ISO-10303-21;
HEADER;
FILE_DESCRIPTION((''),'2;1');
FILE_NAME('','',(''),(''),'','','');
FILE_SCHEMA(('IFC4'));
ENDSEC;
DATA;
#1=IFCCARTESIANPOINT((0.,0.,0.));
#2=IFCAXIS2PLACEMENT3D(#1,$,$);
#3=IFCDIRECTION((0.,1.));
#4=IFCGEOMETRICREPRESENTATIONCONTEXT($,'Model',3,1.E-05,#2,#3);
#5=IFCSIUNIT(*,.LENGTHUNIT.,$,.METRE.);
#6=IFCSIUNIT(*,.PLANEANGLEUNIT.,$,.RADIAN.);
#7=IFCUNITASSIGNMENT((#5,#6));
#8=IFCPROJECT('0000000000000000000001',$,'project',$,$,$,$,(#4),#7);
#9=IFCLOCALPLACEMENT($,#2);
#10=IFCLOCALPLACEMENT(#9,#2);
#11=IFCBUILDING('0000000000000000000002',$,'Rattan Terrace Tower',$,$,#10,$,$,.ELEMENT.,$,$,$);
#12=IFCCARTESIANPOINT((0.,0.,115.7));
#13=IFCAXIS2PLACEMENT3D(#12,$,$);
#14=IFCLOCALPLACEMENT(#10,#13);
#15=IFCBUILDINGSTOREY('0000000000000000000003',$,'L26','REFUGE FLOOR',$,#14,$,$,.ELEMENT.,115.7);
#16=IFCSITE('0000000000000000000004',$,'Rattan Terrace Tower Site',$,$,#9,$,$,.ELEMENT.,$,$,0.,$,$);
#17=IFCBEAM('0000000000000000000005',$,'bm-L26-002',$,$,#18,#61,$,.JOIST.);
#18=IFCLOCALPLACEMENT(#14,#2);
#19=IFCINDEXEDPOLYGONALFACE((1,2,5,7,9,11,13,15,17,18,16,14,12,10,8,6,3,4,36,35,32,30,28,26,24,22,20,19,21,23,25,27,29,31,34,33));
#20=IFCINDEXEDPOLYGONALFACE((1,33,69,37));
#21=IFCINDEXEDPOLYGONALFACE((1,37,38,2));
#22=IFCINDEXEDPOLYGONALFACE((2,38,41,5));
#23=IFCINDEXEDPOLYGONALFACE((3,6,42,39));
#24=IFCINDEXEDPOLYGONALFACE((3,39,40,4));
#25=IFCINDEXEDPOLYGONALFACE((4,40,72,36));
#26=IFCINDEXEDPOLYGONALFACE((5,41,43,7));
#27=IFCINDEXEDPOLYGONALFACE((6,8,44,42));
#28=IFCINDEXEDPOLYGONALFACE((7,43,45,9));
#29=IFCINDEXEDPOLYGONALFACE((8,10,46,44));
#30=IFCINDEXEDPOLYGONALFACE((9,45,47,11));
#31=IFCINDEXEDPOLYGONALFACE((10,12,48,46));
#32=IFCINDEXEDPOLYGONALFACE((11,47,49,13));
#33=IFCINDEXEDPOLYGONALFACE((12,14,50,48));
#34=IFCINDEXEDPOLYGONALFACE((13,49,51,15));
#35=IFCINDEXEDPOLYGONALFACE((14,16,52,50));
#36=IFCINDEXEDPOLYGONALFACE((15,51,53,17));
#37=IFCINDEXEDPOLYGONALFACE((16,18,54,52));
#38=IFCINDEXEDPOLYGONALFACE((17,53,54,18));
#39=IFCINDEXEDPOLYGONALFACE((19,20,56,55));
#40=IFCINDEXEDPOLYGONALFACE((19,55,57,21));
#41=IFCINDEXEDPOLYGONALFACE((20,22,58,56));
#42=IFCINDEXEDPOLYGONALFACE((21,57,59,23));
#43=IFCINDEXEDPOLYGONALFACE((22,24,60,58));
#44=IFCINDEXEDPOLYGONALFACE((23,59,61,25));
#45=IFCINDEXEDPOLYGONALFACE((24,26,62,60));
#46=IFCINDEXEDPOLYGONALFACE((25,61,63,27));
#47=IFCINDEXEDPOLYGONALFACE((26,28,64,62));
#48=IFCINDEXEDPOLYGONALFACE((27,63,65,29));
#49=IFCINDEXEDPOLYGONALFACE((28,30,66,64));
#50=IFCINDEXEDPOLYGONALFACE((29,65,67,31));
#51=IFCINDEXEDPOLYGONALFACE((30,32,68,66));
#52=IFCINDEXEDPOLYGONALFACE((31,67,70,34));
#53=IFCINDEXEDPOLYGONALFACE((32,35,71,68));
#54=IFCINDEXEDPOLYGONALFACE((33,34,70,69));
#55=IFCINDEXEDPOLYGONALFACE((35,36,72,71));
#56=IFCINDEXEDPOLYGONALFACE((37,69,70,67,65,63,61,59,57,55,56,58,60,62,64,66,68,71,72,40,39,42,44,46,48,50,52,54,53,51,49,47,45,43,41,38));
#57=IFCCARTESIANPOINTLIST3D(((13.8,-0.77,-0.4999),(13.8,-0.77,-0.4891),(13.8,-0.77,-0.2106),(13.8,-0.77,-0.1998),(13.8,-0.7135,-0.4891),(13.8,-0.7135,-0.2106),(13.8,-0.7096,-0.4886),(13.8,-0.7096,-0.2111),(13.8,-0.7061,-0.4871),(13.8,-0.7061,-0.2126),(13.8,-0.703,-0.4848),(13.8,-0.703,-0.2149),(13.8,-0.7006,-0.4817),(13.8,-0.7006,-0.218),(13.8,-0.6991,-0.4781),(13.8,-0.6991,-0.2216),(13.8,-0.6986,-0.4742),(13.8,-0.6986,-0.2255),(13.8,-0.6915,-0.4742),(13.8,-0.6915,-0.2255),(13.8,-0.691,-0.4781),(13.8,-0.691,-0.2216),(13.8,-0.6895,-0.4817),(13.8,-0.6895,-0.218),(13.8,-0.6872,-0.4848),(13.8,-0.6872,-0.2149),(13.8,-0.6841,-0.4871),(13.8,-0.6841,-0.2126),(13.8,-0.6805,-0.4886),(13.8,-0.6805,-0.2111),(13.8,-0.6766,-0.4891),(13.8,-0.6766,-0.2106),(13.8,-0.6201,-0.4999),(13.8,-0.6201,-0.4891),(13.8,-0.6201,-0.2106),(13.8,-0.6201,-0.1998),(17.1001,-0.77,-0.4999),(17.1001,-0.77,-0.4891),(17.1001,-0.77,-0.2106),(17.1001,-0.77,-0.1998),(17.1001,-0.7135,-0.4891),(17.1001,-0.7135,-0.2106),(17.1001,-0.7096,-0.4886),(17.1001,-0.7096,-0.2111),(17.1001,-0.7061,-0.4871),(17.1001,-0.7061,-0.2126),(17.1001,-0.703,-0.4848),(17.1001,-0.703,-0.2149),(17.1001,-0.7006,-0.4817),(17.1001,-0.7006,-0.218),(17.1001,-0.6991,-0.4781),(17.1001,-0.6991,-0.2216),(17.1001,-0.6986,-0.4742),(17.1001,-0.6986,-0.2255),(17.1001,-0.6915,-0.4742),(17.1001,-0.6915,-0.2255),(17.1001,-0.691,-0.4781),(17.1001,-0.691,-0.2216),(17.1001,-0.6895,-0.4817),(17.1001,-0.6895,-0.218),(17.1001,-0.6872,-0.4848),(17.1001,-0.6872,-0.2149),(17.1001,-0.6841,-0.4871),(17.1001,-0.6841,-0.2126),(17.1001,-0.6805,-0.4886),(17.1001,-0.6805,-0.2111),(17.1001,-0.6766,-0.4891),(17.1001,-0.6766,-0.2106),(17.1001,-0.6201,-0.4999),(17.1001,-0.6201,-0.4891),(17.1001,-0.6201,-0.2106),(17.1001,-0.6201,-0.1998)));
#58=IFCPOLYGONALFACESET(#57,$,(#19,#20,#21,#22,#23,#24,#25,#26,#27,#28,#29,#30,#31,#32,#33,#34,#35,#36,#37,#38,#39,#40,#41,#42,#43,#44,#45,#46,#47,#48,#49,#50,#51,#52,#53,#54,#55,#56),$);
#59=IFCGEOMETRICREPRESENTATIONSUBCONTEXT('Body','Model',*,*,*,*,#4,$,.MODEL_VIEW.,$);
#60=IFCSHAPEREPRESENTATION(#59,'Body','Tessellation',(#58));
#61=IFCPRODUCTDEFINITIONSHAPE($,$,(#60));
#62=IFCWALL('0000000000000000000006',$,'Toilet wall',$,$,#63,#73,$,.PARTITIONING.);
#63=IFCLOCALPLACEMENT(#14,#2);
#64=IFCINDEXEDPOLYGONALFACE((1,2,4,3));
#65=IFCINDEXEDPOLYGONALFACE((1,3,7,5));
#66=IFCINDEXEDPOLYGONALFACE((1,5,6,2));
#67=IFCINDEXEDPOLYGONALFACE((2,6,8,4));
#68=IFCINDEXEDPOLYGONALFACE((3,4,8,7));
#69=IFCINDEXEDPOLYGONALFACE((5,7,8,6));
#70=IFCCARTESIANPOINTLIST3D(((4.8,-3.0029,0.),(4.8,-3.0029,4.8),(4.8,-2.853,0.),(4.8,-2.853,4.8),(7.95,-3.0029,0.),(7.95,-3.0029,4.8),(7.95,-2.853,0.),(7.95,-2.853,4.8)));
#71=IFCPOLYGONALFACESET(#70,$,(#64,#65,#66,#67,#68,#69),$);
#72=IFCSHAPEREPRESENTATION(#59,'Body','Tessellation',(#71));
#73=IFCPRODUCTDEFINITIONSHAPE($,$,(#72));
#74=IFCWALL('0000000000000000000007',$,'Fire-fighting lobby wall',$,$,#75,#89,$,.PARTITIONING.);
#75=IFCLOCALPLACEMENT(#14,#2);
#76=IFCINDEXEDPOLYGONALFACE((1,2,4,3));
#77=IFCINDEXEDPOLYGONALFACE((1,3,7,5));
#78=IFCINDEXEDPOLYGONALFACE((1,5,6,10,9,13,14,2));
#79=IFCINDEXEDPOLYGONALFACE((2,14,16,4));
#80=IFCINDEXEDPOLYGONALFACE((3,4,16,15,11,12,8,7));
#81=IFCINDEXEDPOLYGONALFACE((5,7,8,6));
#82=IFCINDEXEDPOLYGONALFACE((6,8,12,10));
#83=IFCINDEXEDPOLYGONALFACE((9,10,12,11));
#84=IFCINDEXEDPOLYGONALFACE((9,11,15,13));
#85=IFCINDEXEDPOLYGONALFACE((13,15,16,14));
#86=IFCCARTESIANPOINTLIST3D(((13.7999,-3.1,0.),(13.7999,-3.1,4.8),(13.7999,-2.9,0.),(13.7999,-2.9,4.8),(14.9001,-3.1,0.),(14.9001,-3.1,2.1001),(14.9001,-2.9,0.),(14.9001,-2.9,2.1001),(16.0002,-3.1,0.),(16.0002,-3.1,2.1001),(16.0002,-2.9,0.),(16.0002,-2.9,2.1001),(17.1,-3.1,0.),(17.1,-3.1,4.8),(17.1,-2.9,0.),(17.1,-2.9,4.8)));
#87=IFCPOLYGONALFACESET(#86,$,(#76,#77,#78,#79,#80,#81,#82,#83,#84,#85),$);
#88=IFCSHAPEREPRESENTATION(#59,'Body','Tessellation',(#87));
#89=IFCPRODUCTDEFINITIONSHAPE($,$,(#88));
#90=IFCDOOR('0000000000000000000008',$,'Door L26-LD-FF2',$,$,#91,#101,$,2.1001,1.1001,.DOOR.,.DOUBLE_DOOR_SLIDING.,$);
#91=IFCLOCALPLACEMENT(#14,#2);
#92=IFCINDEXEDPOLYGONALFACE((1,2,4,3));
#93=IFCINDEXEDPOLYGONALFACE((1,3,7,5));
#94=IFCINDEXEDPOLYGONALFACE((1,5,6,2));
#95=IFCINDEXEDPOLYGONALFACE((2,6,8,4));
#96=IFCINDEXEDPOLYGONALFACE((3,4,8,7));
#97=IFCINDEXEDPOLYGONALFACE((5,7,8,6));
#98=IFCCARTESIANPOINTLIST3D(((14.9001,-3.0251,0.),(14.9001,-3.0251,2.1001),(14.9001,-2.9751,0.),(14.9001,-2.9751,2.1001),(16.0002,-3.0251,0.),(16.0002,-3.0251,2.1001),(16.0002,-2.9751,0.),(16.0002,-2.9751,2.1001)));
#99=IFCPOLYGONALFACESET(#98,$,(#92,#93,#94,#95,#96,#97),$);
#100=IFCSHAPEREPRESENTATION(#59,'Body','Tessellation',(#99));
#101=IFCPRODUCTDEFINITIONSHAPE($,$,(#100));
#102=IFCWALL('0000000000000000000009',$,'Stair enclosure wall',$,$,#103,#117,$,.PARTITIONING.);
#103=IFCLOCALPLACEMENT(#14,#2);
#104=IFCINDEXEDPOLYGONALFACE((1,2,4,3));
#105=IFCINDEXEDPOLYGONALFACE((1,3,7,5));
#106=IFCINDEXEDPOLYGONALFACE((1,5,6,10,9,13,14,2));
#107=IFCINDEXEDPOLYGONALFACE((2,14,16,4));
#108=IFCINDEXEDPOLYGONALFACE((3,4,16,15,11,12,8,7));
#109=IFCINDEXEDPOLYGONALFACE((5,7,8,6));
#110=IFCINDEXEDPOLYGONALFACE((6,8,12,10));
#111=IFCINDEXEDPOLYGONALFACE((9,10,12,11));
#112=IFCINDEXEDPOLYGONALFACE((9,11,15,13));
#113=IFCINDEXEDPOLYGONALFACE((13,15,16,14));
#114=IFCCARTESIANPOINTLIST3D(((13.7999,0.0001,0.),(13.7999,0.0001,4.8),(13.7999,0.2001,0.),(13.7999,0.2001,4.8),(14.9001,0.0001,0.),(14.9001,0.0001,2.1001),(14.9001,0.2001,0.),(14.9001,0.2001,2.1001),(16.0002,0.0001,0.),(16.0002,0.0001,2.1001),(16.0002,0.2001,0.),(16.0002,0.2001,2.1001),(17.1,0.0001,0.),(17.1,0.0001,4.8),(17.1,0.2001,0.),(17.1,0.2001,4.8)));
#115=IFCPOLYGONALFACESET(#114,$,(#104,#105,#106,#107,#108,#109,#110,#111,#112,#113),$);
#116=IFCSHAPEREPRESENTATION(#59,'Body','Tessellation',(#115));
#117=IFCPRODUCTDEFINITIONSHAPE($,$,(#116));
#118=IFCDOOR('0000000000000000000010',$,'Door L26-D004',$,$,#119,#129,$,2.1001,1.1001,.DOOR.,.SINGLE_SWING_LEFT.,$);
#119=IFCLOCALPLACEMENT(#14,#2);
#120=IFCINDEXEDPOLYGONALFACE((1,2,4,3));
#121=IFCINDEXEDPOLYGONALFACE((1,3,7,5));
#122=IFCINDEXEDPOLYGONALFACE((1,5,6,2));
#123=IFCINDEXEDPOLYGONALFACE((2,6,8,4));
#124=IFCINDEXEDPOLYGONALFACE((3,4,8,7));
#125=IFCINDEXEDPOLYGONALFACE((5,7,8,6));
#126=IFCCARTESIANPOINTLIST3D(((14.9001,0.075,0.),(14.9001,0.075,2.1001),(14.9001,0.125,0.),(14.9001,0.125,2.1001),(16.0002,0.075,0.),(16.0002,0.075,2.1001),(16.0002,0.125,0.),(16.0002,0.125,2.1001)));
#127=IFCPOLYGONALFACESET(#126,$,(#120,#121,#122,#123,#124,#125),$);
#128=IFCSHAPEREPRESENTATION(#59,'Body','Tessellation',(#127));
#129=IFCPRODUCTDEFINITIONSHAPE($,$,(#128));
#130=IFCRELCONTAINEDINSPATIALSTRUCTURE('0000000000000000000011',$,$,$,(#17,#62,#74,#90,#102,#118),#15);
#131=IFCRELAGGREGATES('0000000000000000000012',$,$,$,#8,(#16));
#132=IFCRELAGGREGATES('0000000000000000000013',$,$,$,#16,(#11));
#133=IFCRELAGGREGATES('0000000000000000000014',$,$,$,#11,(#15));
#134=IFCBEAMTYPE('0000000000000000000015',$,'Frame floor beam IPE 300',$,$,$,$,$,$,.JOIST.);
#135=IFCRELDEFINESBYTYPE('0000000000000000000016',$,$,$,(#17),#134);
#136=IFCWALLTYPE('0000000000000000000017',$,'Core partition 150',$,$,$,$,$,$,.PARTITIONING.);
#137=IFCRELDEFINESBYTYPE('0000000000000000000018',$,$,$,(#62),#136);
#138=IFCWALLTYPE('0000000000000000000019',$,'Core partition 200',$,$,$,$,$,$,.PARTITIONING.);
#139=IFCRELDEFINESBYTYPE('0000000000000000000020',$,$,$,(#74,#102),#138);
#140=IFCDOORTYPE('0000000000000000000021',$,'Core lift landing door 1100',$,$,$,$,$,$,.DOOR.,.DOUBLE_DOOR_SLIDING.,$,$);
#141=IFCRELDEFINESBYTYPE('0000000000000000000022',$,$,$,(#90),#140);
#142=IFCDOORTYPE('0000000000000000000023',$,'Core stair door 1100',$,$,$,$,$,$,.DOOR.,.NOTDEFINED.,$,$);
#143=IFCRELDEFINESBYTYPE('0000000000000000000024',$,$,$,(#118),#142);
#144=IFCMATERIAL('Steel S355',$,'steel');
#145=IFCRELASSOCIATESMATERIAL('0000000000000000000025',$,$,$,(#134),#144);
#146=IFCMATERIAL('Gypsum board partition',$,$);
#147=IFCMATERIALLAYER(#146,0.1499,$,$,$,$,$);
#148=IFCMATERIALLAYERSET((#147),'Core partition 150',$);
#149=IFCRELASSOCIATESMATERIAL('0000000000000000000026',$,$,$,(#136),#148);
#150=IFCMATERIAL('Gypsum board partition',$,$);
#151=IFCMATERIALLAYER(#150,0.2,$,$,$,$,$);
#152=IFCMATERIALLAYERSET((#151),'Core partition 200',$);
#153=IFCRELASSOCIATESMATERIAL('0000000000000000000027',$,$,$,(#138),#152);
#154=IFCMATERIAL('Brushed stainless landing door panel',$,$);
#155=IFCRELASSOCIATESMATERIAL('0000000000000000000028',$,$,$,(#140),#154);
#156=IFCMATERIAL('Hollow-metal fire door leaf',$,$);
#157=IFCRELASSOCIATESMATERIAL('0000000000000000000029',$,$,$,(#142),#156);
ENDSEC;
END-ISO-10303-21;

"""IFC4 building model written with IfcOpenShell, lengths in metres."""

from ifc_helpers import new_model, si_unit, direction, frame, frame_2d, origin, origin_2d, place, context, subcontext, project, spatial, rectangle, i_section, extrude, material, layer, layer_set, material_profile, profile_set, type_object, element, fill, save


model = new_model("IFC4")

# Units and contexts
model_context = context("Model", 3, precision=1e-05, world=origin(), true_north=direction((0.0, 1.0)))
body_context = subcontext(model_context, "Body", "Model", "MODEL_VIEW")
ifc_project = project(units=[si_unit("LENGTHUNIT", "METRE"), si_unit("PLANEANGLEUNIT", "RADIAN")], contexts=[model_context])

# Site, building, storey
site_placement = place(None, origin())
site = spatial("IfcSite", under=ifc_project, at=site_placement, Name="Rattan Terrace Tower Site", CompositionType="ELEMENT", RefElevation=0.0)
building_placement = place(site_placement, origin())
building = spatial("IfcBuilding", under=site, at=building_placement, Name="Rattan Terrace Tower", CompositionType="ELEMENT")
storey_placement = place(building_placement, frame((0.0, 0.0, 115.7)))
storey = spatial("IfcBuildingStorey", under=building, at=storey_placement, Name="L26", Description="REFUGE FLOOR", CompositionType="ELEMENT", Elevation=115.7)

# Beam
ifc_material_1 = material(Name="Steel S355", Category="steel")
ifc_material_profile = material_profile(ifc_material_1, i_section(OverallWidth=0.1499, OverallDepth=0.3, WebThickness=0.0071, FlangeThickness=0.0107, FilletRadius=0.0149, at=origin_2d()), Name="IPE 300")
ifc_profile_set = profile_set([ifc_material_profile], Name="Steel S355")
beam_type = type_object("IfcBeamType", Name="Frame floor beam IPE 300", PredefinedType="JOIST", material=ifc_profile_set)
beam_placement = place(storey_placement, frame((13.8, -0.6951, -0.3499), z_axis=(1.0, 0.0, 0.0), x_axis=(0.0, 1.0, 0.0)))
element("IfcBeam", 1, at=beam_placement, inside=storey, type_object=beam_type, Name="bm-L26-002", PredefinedType="JOIST", context=body_context, shape_type="SweptSolid", body=[
    extrude(i_section(OverallWidth=0.1499, OverallDepth=0.3, WebThickness=0.0071, FlangeThickness=0.0107, FilletRadius=0.0149, at=origin_2d()), origin(), (0.0, 0.0, 1.0), 3.3),
])

# Wall
ifc_material_2 = material(Name="Gypsum board partition")
ifc_layer_1 = layer(ifc_material_2, 0.1499)
ifc_layer_set_1 = layer_set([ifc_layer_1], Name="Core partition 150")
wall_type_1 = type_object("IfcWallType", Name="Core partition 150", PredefinedType="PARTITIONING", material=ifc_layer_set_1)
wall_1_placement = place(storey_placement, frame((4.8, -2.928, 0.0), z_axis=(0.0, 0.0, 1.0), x_axis=(1.0, 0.0, 0.0)))
element("IfcWall", 2, at=wall_1_placement, inside=storey, type_object=wall_type_1, Name="Toilet wall", PredefinedType="PARTITIONING", context=body_context, shape_type="SweptSolid", body=[
    extrude(rectangle(XDim=3.1499, YDim=0.1499, at=frame_2d((1.575, 0.0))), origin(), (0.0, 0.0, 1.0), 4.8),
])

# Walls, openings, doors
ifc_material_3 = material(Name="Gypsum board partition")
ifc_layer_2 = layer(ifc_material_3, 0.2)
ifc_layer_set_2 = layer_set([ifc_layer_2], Name="Core partition 200")
wall_type_2 = type_object("IfcWallType", Name="Core partition 200", PredefinedType="PARTITIONING", material=ifc_layer_set_2)
wall_2_placement = place(storey_placement, frame((13.8, -3.0, 0.0), z_axis=(0.0, 0.0, 1.0), x_axis=(1.0, 0.0, 0.0)))
wall_2 = element("IfcWall", 3, at=wall_2_placement, inside=storey, type_object=wall_type_2, Name="Fire-fighting lobby wall", PredefinedType="PARTITIONING", context=body_context, shape_type="SweptSolid", body=[
    extrude(rectangle(XDim=3.3, YDim=0.2, at=frame_2d((1.6499, 0.0))), origin(), (0.0, 0.0, 1.0), 4.8),
])
opening_1_placement = place(wall_2_placement, frame((1.1001, 0.0, 0.0)))
opening_1 = element("IfcOpeningElement", 4, at=opening_1_placement, cuts=wall_2, PredefinedType="OPENING", context=body_context, shape_type="SweptSolid", body=[
    extrude(rectangle(XDim=1.1001, YDim=2.1001, at=frame_2d((0.55, 1.05))), frame((0.0, 0.1106, 0.0), z_axis=(0.0, -1.0, 0.0), x_axis=(1.0, 0.0, 0.0)), (0.0, 0.0, 1.0), 0.2209),
])
ifc_material_4 = material(Name="Brushed stainless landing door panel")
door_type_1 = type_object("IfcDoorType", Name="Core lift landing door 1100", OperationType="DOUBLE_DOOR_SLIDING", PredefinedType="DOOR", material=ifc_material_4)
door_1_placement = place(opening_1_placement, origin())
door_1 = element("IfcDoor", 5, at=door_1_placement, inside=storey, type_object=door_type_1, Name="Door L26-LD-FF2", OperationType="DOUBLE_DOOR_SLIDING", OverallHeight=2.1001, OverallWidth=1.1001, PredefinedType="DOOR", context=body_context, shape_type="SweptSolid", body=[
    extrude(rectangle(XDim=1.1001, YDim=2.1001, at=frame_2d((0.55, 1.05))), frame((0.0, 0.0249, 0.0), z_axis=(0.0, -1.0, 0.0), x_axis=(1.0, 0.0, 0.0)), (0.0, 0.0, 1.0), 0.05),
])
fill(opening_1, door_1)
wall_3_placement = place(storey_placement, frame((13.8, 0.1001, 0.0), z_axis=(0.0, 0.0, 1.0), x_axis=(1.0, 0.0, 0.0)))
wall_3 = element("IfcWall", 6, at=wall_3_placement, inside=storey, type_object=wall_type_2, Name="Stair enclosure wall", PredefinedType="PARTITIONING", context=body_context, shape_type="SweptSolid", body=[
    extrude(rectangle(XDim=3.3, YDim=0.2, at=frame_2d((1.6499, 0.0))), origin(), (0.0, 0.0, 1.0), 4.8),
])
opening_2_placement = place(wall_3_placement, frame((1.1001, 0.0, 0.0)))
opening_2 = element("IfcOpeningElement", 7, at=opening_2_placement, cuts=wall_3, PredefinedType="OPENING", context=body_context, shape_type="SweptSolid", body=[
    extrude(rectangle(XDim=1.1001, YDim=2.1001, at=frame_2d((0.55, 1.05))), frame((0.0, 0.1106, 0.0), z_axis=(0.0, -1.0, 0.0), x_axis=(1.0, 0.0, 0.0)), (0.0, 0.0, 1.0), 0.2209),
])
ifc_material_5 = material(Name="Hollow-metal fire door leaf")
door_type_2 = type_object("IfcDoorType", Name="Core stair door 1100", OperationType="NOTDEFINED", PredefinedType="DOOR", material=ifc_material_5)
door_2_placement = place(opening_2_placement, origin())
door_2 = element("IfcDoor", 8, at=door_2_placement, inside=storey, type_object=door_type_2, Name="Door L26-D004", OperationType="SINGLE_SWING_LEFT", OverallHeight=2.1001, OverallWidth=1.1001, PredefinedType="DOOR", context=body_context, shape_type="SweptSolid", body=[
    extrude(rectangle(XDim=1.1001, YDim=2.1001, at=frame_2d((0.55, 1.05))), frame((0.0, 0.0249, 0.0), z_axis=(0.0, -1.0, 0.0), x_axis=(1.0, 0.0, 0.0)), (0.0, 0.0, 1.0), 0.05),
])
fill(opening_2, door_2)

save(model, "model.ifc")
